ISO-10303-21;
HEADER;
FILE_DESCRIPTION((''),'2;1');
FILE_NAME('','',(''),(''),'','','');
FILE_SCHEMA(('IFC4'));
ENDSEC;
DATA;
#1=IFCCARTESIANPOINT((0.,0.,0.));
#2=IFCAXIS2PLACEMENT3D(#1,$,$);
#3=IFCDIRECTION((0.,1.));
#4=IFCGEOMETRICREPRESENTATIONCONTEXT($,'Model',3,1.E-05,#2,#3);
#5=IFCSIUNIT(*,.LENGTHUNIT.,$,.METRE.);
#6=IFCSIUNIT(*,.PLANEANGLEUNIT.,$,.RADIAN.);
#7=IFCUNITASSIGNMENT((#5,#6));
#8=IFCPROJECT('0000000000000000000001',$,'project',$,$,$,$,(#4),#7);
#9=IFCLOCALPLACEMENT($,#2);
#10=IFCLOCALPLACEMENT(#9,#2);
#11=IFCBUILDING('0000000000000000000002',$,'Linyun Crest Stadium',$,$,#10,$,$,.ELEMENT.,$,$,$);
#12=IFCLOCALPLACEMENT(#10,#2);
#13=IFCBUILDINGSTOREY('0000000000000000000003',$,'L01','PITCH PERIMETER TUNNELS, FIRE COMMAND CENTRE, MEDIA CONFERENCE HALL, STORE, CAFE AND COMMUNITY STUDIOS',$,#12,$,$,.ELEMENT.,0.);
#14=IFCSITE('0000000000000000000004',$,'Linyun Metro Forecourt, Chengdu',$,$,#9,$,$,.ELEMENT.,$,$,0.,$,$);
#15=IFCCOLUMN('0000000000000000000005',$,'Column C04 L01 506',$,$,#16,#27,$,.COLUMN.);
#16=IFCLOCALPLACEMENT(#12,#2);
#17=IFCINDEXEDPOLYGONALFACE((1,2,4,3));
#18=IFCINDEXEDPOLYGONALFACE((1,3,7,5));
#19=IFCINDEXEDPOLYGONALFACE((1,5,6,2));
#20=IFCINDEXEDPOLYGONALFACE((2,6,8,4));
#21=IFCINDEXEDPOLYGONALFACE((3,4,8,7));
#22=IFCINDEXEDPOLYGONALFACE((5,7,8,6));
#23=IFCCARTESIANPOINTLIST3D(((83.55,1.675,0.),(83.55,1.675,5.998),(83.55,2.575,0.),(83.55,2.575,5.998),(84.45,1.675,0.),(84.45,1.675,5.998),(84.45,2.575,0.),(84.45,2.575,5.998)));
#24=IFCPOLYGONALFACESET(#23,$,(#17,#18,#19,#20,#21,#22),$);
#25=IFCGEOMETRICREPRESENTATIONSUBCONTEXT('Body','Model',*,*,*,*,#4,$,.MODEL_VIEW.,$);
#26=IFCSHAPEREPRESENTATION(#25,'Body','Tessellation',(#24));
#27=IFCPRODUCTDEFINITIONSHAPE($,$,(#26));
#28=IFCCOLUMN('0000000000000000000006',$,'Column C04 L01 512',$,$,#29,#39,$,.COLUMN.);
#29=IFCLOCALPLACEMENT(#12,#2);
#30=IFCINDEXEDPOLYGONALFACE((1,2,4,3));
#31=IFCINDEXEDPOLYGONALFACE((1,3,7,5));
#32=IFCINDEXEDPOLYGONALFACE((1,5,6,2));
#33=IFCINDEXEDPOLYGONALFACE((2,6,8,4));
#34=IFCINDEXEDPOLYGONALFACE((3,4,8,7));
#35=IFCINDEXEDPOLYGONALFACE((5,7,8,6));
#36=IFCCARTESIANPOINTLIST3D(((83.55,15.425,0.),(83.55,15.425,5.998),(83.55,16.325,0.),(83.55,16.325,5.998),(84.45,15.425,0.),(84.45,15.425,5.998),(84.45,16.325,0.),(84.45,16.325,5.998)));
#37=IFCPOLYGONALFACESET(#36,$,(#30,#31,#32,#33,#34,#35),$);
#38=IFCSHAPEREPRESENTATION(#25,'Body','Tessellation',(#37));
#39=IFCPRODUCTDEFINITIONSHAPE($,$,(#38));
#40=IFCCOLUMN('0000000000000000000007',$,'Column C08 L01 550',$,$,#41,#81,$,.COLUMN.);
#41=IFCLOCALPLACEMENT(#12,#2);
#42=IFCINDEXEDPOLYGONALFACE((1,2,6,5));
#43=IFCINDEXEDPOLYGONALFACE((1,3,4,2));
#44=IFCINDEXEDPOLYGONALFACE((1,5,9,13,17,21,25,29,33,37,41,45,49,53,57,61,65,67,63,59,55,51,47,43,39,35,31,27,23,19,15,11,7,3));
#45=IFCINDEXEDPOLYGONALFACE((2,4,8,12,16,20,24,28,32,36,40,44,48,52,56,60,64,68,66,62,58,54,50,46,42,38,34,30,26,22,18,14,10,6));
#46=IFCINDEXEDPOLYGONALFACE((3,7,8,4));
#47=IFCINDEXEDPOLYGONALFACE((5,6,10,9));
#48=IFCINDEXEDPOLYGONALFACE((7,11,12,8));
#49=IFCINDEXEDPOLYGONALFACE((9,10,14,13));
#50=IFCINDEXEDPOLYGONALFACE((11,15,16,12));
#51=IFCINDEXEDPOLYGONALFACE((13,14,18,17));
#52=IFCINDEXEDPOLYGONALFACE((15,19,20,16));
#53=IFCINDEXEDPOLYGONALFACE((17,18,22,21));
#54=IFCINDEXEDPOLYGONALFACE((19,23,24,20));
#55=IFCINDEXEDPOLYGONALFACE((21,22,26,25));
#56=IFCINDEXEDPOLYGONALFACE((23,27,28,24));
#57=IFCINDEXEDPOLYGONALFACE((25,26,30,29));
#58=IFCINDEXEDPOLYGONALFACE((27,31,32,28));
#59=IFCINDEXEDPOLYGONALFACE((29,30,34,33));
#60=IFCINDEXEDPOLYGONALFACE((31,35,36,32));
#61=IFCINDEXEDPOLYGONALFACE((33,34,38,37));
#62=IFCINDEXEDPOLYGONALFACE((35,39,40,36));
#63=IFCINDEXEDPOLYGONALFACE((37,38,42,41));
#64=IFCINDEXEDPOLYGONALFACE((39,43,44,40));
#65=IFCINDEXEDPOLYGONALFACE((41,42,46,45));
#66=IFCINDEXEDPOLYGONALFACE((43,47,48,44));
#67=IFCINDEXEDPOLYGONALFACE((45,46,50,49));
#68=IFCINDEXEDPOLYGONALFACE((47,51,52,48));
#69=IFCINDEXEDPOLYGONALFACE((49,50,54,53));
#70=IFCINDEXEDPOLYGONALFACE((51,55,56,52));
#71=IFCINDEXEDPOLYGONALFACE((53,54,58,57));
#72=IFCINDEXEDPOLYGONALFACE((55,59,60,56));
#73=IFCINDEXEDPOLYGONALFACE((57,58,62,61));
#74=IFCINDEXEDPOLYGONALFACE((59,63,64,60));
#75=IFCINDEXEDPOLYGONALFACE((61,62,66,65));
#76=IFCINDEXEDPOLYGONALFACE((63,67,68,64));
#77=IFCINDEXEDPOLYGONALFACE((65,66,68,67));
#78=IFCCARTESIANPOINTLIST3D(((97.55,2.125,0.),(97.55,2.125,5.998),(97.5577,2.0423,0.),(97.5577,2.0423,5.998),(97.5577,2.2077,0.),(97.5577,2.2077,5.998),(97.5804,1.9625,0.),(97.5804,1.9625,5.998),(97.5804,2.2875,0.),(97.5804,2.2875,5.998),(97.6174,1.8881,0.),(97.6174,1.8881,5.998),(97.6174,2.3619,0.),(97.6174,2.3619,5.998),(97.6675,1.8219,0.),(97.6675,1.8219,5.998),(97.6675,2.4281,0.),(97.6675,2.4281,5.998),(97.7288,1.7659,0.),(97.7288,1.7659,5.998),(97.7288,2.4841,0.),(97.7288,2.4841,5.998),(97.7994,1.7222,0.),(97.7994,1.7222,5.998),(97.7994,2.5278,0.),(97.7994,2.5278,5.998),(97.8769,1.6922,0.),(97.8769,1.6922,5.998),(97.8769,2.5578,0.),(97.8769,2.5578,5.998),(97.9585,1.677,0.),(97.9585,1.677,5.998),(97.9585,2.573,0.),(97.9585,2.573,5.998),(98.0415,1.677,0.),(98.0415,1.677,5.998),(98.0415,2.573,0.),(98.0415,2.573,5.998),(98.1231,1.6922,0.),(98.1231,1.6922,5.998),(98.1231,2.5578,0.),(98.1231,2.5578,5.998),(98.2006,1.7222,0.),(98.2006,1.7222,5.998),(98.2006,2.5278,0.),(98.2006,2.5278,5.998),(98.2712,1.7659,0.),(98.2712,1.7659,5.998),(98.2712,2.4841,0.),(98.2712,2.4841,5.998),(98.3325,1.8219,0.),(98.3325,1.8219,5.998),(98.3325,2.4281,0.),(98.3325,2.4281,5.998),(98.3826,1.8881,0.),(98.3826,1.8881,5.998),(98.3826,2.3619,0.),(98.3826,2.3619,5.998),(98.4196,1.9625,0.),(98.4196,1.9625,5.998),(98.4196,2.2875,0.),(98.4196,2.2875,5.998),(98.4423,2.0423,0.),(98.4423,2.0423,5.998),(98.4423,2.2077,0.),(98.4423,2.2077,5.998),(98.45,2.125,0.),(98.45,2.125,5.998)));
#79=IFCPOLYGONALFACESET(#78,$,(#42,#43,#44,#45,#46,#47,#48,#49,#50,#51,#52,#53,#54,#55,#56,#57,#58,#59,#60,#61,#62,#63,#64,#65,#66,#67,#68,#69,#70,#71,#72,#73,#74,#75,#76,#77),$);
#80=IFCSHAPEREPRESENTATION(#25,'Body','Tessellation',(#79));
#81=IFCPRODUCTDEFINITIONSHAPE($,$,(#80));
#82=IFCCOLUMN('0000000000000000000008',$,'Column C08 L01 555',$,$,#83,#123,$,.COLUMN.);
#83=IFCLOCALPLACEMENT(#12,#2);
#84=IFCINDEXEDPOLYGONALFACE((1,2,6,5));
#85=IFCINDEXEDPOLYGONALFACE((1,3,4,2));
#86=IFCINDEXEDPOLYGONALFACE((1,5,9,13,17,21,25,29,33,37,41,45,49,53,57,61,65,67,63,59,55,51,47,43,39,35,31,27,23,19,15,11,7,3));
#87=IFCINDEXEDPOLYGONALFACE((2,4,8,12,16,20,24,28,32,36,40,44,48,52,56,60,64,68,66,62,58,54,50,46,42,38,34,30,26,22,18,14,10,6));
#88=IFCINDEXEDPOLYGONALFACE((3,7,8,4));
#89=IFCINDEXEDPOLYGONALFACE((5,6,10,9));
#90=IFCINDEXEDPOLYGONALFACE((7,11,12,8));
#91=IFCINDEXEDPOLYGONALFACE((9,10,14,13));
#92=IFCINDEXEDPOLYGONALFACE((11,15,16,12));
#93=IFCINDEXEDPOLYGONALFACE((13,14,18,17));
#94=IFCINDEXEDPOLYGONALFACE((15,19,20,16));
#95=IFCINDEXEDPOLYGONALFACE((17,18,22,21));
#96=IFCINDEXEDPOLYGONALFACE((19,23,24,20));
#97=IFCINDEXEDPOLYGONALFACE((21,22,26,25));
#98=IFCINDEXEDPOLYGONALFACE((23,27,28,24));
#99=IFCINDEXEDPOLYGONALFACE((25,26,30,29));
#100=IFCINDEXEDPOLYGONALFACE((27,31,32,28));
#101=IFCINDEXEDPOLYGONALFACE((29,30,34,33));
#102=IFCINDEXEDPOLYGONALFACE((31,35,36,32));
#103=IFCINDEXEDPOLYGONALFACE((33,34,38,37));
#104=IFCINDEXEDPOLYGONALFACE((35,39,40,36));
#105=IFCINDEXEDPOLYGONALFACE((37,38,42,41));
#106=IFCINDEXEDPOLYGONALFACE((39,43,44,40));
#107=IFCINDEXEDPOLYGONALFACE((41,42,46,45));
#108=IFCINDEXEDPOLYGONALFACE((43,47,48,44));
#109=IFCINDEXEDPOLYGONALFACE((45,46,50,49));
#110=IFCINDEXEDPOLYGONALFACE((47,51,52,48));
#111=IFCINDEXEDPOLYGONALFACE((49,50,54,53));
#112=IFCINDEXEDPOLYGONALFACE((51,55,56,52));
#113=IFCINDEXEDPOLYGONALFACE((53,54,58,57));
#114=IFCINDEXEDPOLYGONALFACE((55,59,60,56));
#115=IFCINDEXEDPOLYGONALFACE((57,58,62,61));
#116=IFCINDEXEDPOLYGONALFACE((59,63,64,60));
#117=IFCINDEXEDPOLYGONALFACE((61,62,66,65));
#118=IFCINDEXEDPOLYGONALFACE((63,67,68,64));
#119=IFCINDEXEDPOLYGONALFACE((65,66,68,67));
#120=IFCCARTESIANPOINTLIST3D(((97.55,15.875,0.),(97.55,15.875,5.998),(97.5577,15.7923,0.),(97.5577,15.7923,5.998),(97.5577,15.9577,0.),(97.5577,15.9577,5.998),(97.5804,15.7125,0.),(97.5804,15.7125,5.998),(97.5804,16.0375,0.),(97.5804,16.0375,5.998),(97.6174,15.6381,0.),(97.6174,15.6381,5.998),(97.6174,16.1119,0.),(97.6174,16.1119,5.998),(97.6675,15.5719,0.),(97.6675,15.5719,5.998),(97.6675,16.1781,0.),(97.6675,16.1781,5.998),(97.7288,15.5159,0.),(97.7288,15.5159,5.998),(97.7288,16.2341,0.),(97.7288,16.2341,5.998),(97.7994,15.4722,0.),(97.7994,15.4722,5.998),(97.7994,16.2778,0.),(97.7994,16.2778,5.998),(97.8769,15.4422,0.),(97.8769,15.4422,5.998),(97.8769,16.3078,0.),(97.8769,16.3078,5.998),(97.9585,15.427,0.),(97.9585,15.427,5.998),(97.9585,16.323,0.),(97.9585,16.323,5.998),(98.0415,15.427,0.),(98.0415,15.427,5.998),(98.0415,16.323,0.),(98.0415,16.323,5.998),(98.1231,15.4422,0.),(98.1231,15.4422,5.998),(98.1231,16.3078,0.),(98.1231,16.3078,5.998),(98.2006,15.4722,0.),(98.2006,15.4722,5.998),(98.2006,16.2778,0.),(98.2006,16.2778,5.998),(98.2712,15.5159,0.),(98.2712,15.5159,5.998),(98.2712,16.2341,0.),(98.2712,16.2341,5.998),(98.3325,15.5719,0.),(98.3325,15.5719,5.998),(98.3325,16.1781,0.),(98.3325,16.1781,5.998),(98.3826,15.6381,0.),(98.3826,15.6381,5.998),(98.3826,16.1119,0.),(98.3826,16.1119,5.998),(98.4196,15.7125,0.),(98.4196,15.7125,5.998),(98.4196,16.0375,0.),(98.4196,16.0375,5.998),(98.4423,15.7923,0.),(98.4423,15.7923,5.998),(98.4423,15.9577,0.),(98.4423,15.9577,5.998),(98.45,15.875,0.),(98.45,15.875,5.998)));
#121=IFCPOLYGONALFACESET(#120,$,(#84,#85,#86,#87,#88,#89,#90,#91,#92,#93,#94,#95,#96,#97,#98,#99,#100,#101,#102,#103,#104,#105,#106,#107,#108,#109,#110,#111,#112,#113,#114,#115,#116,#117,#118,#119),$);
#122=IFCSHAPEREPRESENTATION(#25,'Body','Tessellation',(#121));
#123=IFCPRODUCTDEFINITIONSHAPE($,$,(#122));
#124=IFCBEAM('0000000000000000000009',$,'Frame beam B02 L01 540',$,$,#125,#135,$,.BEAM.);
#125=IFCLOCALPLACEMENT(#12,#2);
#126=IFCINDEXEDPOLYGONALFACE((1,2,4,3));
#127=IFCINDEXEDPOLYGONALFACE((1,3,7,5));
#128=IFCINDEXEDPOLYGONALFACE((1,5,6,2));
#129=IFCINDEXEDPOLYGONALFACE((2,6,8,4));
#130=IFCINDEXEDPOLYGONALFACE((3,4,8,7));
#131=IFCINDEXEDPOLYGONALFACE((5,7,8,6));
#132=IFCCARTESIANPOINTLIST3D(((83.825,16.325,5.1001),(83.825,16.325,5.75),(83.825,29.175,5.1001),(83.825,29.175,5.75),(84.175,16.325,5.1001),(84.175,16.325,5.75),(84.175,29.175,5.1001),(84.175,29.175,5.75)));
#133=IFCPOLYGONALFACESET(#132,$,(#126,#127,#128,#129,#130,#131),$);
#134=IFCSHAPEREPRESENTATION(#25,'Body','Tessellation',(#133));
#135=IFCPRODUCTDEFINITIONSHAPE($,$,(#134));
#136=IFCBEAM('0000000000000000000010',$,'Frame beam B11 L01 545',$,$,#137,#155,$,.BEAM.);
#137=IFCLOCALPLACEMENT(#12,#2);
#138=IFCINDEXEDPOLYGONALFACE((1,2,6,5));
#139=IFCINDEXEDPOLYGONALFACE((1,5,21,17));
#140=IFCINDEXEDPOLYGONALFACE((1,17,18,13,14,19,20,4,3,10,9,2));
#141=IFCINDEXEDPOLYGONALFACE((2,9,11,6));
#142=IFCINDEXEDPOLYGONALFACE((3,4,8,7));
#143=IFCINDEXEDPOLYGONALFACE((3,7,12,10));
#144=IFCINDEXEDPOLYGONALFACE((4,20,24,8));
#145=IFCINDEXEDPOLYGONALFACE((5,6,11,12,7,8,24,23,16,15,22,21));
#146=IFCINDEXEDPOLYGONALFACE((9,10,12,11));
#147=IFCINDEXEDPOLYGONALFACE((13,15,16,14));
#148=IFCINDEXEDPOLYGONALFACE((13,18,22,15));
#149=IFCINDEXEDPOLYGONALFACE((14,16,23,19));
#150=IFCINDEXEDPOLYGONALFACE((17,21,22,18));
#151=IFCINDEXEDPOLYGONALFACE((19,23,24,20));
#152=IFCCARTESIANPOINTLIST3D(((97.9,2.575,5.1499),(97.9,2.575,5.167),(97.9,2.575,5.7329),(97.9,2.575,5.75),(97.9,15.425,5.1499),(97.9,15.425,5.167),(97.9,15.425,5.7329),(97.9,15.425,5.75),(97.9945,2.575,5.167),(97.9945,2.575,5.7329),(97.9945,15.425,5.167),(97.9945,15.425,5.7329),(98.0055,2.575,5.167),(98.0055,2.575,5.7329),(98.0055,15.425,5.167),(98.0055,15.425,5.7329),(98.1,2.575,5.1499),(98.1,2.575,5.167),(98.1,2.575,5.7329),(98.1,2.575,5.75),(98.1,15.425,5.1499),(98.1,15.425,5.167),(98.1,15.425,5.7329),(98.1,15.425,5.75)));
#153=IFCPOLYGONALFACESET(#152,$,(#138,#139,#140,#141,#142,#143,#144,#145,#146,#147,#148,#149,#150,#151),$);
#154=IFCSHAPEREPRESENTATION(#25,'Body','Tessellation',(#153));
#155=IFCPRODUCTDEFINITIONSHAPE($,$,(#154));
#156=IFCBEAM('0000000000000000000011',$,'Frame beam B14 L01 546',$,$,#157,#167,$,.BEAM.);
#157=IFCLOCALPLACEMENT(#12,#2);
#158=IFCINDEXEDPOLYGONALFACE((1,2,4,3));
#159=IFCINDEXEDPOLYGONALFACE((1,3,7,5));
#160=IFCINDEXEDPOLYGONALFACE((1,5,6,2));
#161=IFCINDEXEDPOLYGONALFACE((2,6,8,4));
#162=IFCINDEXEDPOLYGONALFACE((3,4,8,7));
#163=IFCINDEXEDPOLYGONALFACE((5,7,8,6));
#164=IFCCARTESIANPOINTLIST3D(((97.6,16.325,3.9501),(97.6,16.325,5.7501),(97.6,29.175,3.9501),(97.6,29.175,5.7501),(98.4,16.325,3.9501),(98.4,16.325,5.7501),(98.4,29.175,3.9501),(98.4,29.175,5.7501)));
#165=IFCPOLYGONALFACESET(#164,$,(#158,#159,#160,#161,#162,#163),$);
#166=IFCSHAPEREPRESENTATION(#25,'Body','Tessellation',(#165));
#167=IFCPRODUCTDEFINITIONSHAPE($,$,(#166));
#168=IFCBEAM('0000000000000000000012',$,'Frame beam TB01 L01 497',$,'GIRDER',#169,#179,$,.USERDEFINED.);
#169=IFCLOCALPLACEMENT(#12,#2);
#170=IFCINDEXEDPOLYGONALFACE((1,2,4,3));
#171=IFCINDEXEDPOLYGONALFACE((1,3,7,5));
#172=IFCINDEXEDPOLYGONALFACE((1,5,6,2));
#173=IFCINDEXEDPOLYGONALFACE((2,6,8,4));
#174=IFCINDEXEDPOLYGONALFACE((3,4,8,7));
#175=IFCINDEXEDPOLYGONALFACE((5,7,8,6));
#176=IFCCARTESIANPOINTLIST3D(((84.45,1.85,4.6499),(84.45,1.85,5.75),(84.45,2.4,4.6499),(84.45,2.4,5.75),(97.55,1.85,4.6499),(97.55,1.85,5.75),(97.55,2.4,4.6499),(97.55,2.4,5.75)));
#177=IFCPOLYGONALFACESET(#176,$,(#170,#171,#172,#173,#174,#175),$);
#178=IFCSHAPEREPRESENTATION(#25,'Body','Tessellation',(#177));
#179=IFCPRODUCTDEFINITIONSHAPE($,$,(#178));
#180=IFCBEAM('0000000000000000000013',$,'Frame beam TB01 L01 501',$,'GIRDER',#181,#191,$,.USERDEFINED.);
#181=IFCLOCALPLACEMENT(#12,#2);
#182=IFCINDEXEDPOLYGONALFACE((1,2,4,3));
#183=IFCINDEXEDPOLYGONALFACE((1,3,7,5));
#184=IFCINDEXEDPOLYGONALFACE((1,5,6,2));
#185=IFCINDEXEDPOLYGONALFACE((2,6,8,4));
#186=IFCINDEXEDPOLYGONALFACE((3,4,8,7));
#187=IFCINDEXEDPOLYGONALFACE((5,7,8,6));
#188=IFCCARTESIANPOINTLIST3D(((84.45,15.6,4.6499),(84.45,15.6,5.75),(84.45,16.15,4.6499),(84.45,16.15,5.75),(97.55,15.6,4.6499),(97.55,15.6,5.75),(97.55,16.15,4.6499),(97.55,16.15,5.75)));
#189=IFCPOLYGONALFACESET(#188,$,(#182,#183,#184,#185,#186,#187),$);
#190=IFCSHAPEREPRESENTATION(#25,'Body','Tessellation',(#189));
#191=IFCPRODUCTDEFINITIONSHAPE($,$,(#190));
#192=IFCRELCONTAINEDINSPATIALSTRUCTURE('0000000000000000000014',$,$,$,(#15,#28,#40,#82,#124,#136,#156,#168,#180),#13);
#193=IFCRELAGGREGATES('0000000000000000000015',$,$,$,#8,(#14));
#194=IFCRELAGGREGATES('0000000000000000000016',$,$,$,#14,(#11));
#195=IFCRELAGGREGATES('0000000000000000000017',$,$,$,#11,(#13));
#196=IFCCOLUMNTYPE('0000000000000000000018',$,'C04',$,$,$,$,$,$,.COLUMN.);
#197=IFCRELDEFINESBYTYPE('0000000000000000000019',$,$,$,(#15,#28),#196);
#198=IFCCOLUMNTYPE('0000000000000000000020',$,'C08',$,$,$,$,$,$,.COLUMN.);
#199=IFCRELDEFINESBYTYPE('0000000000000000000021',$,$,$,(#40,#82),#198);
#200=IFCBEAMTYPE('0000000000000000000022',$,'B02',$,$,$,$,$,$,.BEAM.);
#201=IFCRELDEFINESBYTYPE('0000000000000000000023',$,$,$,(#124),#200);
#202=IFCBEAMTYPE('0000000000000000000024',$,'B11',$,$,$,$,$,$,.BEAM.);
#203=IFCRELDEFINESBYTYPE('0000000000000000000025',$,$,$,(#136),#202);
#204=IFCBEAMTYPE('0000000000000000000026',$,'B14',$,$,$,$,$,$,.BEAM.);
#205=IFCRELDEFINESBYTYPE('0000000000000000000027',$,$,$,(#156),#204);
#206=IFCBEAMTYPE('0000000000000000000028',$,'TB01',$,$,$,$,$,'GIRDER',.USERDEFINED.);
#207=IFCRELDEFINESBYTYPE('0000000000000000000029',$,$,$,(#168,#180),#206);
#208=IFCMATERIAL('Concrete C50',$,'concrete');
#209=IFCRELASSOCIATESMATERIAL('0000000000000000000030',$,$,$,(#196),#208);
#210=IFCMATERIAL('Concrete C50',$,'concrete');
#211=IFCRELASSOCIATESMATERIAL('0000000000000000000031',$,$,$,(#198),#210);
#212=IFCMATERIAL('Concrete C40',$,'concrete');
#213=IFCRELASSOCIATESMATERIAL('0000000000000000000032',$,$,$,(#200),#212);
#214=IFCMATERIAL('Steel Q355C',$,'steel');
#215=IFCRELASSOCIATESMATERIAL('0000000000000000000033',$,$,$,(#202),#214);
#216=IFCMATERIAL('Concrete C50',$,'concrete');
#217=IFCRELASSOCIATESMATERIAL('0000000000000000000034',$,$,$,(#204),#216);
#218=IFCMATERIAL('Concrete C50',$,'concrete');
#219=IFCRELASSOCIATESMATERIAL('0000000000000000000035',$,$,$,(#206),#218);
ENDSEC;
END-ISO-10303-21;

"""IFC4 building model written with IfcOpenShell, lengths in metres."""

from ifc_helpers import new_model, si_unit, direction, frame, origin, origin_2d, place, context, subcontext, project, spatial, rectangle, circle, i_section, extrude, material, material_profile, profile_set, type_object, element, save


model = new_model("IFC4")

# Units and contexts
model_context = context("Model", 3, precision=1e-05, world=origin(), true_north=direction((0.0, 1.0)))
body_context = subcontext(model_context, "Body", "Model", "MODEL_VIEW")
ifc_project = project(units=[si_unit("LENGTHUNIT", "METRE"), si_unit("PLANEANGLEUNIT", "RADIAN")], contexts=[model_context])

# Site, building, storey
site_placement = place(None, origin())
site = spatial("IfcSite", under=ifc_project, at=site_placement, Name="Linyun Metro Forecourt, Chengdu", CompositionType="ELEMENT", RefElevation=0.0)
building_placement = place(site_placement, origin())
building = spatial("IfcBuilding", under=site, at=building_placement, Name="Linyun Crest Stadium", CompositionType="ELEMENT")
storey_placement = place(building_placement, origin())
storey = spatial("IfcBuildingStorey", under=building, at=storey_placement, Name="L01", Description="PITCH PERIMETER TUNNELS, FIRE COMMAND CENTRE, MEDIA CONFERENCE HALL, STORE, CAFE AND COMMUNITY STUDIOS", CompositionType="ELEMENT", Elevation=0.0)

# Columns
ifc_material_1 = material(Name="Concrete C50", Category="concrete")
ifc_material_profile_1 = material_profile(ifc_material_1, rectangle(XDim=0.8999, YDim=0.8999, at=origin_2d()), Name="RC 900x900")
ifc_profile_set_1 = profile_set([ifc_material_profile_1], Name="Concrete C50")
column_type_1 = type_object("IfcColumnType", Name="C04", PredefinedType="COLUMN", material=ifc_profile_set_1)
for number, where, z_axis, x_axis, name in (
    (1, (84.0, 2.125, 0.0), (0.0, 0.0, 1.0), (1.0, 0.0, 0.0), "Column C04 L01 506"),
    (2, (84.0, 15.875, 0.0), (0.0, 0.0, 1.0), (1.0, 0.0, 0.0), "Column C04 L01 512"),
):
    element("IfcColumn", number, at=place(storey_placement, frame(where, z_axis=z_axis, x_axis=x_axis)), inside=storey, type_object=column_type_1, Name=name, PredefinedType="COLUMN", context=body_context, shape_type="SweptSolid", body=[
        extrude(rectangle(XDim=0.8999, YDim=0.8999, at=origin_2d()), origin(), (0.0, 0.0, 1.0), 5.998),
    ])
ifc_material_2 = material(Name="Concrete C50", Category="concrete")
ifc_material_profile_2 = material_profile(ifc_material_2, circle(Radius=0.45, at=origin_2d()), Name="RC D900")
ifc_profile_set_2 = profile_set([ifc_material_profile_2], Name="Concrete C50")
column_type_2 = type_object("IfcColumnType", Name="C08", PredefinedType="COLUMN", material=ifc_profile_set_2)
for number, where, z_axis, x_axis, name in (
    (3, (98.0, 2.125, 0.0), (0.0, 0.0, 1.0), (1.0, 0.0, 0.0), "Column C08 L01 550"),
    (4, (98.0, 15.875, 0.0), (0.0, 0.0, 1.0), (1.0, 0.0, 0.0), "Column C08 L01 555"),
):
    element("IfcColumn", number, at=place(storey_placement, frame(where, z_axis=z_axis, x_axis=x_axis)), inside=storey, type_object=column_type_2, Name=name, PredefinedType="COLUMN", context=body_context, shape_type="SweptSolid", body=[
        extrude(circle(Radius=0.45, at=origin_2d()), origin(), (0.0, 0.0, 1.0), 5.998),
    ])

# Beams
ifc_material_3 = material(Name="Concrete C40", Category="concrete")
ifc_material_profile_3 = material_profile(ifc_material_3, rectangle(XDim=0.3501, YDim=0.6499, at=origin_2d()), Name="RCB 650x350")
ifc_profile_set_3 = profile_set([ifc_material_profile_3], Name="Concrete C40")
beam_type_1 = type_object("IfcBeamType", Name="B02", PredefinedType="BEAM", material=ifc_profile_set_3)
beam_1_placement = place(storey_placement, frame((84.0, 16.325, 5.425), z_axis=(0.0, 1.0, 0.0), x_axis=(-1.0, 0.0, 0.0)))
element("IfcBeam", 5, at=beam_1_placement, inside=storey, type_object=beam_type_1, Name="Frame beam B02 L01 540", PredefinedType="BEAM", context=body_context, shape_type="SweptSolid", body=[
    extrude(rectangle(XDim=0.3501, YDim=0.6499, at=origin_2d()), origin(), (0.0, 0.0, 1.0), 12.8501),
])
ifc_material_4 = material(Name="Steel Q355C", Category="steel")
ifc_material_profile_4 = material_profile(ifc_material_4, i_section(OverallWidth=0.2, OverallDepth=0.6001, WebThickness=0.011, FlangeThickness=0.0171, at=origin_2d()), Name="HN 600x200")
ifc_profile_set_4 = profile_set([ifc_material_profile_4], Name="Steel Q355C")
beam_type_2 = type_object("IfcBeamType", Name="B11", PredefinedType="BEAM", material=ifc_profile_set_4)
beam_2_placement = place(storey_placement, frame((98.0, 2.575, 5.45), z_axis=(0.0, 1.0, 0.0), x_axis=(-1.0, 0.0, 0.0)))
element("IfcBeam", 6, at=beam_2_placement, inside=storey, type_object=beam_type_2, Name="Frame beam B11 L01 545", PredefinedType="BEAM", context=body_context, shape_type="SweptSolid", body=[
    extrude(i_section(OverallWidth=0.2, OverallDepth=0.6001, WebThickness=0.011, FlangeThickness=0.0171, at=origin_2d()), origin(), (0.0, 0.0, 1.0), 12.8501),
])
ifc_material_5 = material(Name="Concrete C50", Category="concrete")
ifc_material_profile_5 = material_profile(ifc_material_5, rectangle(XDim=0.8, YDim=1.8, at=origin_2d()), Name="RCB 1800x800")
ifc_profile_set_5 = profile_set([ifc_material_profile_5], Name="Concrete C50")
beam_type_3 = type_object("IfcBeamType", Name="B14", PredefinedType="BEAM", material=ifc_profile_set_5)
beam_3_placement = place(storey_placement, frame((98.0, 16.325, 4.8501), z_axis=(0.0, 1.0, 0.0), x_axis=(-1.0, 0.0, 0.0)))
element("IfcBeam", 7, at=beam_3_placement, inside=storey, type_object=beam_type_3, Name="Frame beam B14 L01 546", PredefinedType="BEAM", context=body_context, shape_type="SweptSolid", body=[
    extrude(rectangle(XDim=0.8, YDim=1.8, at=origin_2d()), origin(), (0.0, 0.0, 1.0), 12.8501),
])
ifc_material_6 = material(Name="Concrete C50", Category="concrete")
ifc_material_profile_6 = material_profile(ifc_material_6, rectangle(XDim=0.55, YDim=1.1001, at=origin_2d()), Name="RCB 1100x550")
ifc_profile_set_6 = profile_set([ifc_material_profile_6], Name="Concrete C50")
beam_type_4 = type_object("IfcBeamType", Name="TB01", ElementType="GIRDER", PredefinedType="USERDEFINED", material=ifc_profile_set_6)
for number, where, z_axis, x_axis, name in (
    (8, (84.45, 2.125, 5.2), (1.0, 0.0, 0.0), (0.0, 1.0, 0.0), "Frame beam TB01 L01 497"),
    (9, (84.45, 15.875, 5.2), (1.0, 0.0, 0.0), (0.0, 1.0, 0.0), "Frame beam TB01 L01 501"),
):
    element("IfcBeam", number, at=place(storey_placement, frame(where, z_axis=z_axis, x_axis=x_axis)), inside=storey, type_object=beam_type_4, Name=name, ObjectType="GIRDER", PredefinedType="USERDEFINED", context=body_context, shape_type="SweptSolid", body=[
        extrude(rectangle(XDim=0.55, YDim=1.1001, at=origin_2d()), origin(), (0.0, 0.0, 1.0), 13.1001),
    ])

save(model, "model.ifc")
